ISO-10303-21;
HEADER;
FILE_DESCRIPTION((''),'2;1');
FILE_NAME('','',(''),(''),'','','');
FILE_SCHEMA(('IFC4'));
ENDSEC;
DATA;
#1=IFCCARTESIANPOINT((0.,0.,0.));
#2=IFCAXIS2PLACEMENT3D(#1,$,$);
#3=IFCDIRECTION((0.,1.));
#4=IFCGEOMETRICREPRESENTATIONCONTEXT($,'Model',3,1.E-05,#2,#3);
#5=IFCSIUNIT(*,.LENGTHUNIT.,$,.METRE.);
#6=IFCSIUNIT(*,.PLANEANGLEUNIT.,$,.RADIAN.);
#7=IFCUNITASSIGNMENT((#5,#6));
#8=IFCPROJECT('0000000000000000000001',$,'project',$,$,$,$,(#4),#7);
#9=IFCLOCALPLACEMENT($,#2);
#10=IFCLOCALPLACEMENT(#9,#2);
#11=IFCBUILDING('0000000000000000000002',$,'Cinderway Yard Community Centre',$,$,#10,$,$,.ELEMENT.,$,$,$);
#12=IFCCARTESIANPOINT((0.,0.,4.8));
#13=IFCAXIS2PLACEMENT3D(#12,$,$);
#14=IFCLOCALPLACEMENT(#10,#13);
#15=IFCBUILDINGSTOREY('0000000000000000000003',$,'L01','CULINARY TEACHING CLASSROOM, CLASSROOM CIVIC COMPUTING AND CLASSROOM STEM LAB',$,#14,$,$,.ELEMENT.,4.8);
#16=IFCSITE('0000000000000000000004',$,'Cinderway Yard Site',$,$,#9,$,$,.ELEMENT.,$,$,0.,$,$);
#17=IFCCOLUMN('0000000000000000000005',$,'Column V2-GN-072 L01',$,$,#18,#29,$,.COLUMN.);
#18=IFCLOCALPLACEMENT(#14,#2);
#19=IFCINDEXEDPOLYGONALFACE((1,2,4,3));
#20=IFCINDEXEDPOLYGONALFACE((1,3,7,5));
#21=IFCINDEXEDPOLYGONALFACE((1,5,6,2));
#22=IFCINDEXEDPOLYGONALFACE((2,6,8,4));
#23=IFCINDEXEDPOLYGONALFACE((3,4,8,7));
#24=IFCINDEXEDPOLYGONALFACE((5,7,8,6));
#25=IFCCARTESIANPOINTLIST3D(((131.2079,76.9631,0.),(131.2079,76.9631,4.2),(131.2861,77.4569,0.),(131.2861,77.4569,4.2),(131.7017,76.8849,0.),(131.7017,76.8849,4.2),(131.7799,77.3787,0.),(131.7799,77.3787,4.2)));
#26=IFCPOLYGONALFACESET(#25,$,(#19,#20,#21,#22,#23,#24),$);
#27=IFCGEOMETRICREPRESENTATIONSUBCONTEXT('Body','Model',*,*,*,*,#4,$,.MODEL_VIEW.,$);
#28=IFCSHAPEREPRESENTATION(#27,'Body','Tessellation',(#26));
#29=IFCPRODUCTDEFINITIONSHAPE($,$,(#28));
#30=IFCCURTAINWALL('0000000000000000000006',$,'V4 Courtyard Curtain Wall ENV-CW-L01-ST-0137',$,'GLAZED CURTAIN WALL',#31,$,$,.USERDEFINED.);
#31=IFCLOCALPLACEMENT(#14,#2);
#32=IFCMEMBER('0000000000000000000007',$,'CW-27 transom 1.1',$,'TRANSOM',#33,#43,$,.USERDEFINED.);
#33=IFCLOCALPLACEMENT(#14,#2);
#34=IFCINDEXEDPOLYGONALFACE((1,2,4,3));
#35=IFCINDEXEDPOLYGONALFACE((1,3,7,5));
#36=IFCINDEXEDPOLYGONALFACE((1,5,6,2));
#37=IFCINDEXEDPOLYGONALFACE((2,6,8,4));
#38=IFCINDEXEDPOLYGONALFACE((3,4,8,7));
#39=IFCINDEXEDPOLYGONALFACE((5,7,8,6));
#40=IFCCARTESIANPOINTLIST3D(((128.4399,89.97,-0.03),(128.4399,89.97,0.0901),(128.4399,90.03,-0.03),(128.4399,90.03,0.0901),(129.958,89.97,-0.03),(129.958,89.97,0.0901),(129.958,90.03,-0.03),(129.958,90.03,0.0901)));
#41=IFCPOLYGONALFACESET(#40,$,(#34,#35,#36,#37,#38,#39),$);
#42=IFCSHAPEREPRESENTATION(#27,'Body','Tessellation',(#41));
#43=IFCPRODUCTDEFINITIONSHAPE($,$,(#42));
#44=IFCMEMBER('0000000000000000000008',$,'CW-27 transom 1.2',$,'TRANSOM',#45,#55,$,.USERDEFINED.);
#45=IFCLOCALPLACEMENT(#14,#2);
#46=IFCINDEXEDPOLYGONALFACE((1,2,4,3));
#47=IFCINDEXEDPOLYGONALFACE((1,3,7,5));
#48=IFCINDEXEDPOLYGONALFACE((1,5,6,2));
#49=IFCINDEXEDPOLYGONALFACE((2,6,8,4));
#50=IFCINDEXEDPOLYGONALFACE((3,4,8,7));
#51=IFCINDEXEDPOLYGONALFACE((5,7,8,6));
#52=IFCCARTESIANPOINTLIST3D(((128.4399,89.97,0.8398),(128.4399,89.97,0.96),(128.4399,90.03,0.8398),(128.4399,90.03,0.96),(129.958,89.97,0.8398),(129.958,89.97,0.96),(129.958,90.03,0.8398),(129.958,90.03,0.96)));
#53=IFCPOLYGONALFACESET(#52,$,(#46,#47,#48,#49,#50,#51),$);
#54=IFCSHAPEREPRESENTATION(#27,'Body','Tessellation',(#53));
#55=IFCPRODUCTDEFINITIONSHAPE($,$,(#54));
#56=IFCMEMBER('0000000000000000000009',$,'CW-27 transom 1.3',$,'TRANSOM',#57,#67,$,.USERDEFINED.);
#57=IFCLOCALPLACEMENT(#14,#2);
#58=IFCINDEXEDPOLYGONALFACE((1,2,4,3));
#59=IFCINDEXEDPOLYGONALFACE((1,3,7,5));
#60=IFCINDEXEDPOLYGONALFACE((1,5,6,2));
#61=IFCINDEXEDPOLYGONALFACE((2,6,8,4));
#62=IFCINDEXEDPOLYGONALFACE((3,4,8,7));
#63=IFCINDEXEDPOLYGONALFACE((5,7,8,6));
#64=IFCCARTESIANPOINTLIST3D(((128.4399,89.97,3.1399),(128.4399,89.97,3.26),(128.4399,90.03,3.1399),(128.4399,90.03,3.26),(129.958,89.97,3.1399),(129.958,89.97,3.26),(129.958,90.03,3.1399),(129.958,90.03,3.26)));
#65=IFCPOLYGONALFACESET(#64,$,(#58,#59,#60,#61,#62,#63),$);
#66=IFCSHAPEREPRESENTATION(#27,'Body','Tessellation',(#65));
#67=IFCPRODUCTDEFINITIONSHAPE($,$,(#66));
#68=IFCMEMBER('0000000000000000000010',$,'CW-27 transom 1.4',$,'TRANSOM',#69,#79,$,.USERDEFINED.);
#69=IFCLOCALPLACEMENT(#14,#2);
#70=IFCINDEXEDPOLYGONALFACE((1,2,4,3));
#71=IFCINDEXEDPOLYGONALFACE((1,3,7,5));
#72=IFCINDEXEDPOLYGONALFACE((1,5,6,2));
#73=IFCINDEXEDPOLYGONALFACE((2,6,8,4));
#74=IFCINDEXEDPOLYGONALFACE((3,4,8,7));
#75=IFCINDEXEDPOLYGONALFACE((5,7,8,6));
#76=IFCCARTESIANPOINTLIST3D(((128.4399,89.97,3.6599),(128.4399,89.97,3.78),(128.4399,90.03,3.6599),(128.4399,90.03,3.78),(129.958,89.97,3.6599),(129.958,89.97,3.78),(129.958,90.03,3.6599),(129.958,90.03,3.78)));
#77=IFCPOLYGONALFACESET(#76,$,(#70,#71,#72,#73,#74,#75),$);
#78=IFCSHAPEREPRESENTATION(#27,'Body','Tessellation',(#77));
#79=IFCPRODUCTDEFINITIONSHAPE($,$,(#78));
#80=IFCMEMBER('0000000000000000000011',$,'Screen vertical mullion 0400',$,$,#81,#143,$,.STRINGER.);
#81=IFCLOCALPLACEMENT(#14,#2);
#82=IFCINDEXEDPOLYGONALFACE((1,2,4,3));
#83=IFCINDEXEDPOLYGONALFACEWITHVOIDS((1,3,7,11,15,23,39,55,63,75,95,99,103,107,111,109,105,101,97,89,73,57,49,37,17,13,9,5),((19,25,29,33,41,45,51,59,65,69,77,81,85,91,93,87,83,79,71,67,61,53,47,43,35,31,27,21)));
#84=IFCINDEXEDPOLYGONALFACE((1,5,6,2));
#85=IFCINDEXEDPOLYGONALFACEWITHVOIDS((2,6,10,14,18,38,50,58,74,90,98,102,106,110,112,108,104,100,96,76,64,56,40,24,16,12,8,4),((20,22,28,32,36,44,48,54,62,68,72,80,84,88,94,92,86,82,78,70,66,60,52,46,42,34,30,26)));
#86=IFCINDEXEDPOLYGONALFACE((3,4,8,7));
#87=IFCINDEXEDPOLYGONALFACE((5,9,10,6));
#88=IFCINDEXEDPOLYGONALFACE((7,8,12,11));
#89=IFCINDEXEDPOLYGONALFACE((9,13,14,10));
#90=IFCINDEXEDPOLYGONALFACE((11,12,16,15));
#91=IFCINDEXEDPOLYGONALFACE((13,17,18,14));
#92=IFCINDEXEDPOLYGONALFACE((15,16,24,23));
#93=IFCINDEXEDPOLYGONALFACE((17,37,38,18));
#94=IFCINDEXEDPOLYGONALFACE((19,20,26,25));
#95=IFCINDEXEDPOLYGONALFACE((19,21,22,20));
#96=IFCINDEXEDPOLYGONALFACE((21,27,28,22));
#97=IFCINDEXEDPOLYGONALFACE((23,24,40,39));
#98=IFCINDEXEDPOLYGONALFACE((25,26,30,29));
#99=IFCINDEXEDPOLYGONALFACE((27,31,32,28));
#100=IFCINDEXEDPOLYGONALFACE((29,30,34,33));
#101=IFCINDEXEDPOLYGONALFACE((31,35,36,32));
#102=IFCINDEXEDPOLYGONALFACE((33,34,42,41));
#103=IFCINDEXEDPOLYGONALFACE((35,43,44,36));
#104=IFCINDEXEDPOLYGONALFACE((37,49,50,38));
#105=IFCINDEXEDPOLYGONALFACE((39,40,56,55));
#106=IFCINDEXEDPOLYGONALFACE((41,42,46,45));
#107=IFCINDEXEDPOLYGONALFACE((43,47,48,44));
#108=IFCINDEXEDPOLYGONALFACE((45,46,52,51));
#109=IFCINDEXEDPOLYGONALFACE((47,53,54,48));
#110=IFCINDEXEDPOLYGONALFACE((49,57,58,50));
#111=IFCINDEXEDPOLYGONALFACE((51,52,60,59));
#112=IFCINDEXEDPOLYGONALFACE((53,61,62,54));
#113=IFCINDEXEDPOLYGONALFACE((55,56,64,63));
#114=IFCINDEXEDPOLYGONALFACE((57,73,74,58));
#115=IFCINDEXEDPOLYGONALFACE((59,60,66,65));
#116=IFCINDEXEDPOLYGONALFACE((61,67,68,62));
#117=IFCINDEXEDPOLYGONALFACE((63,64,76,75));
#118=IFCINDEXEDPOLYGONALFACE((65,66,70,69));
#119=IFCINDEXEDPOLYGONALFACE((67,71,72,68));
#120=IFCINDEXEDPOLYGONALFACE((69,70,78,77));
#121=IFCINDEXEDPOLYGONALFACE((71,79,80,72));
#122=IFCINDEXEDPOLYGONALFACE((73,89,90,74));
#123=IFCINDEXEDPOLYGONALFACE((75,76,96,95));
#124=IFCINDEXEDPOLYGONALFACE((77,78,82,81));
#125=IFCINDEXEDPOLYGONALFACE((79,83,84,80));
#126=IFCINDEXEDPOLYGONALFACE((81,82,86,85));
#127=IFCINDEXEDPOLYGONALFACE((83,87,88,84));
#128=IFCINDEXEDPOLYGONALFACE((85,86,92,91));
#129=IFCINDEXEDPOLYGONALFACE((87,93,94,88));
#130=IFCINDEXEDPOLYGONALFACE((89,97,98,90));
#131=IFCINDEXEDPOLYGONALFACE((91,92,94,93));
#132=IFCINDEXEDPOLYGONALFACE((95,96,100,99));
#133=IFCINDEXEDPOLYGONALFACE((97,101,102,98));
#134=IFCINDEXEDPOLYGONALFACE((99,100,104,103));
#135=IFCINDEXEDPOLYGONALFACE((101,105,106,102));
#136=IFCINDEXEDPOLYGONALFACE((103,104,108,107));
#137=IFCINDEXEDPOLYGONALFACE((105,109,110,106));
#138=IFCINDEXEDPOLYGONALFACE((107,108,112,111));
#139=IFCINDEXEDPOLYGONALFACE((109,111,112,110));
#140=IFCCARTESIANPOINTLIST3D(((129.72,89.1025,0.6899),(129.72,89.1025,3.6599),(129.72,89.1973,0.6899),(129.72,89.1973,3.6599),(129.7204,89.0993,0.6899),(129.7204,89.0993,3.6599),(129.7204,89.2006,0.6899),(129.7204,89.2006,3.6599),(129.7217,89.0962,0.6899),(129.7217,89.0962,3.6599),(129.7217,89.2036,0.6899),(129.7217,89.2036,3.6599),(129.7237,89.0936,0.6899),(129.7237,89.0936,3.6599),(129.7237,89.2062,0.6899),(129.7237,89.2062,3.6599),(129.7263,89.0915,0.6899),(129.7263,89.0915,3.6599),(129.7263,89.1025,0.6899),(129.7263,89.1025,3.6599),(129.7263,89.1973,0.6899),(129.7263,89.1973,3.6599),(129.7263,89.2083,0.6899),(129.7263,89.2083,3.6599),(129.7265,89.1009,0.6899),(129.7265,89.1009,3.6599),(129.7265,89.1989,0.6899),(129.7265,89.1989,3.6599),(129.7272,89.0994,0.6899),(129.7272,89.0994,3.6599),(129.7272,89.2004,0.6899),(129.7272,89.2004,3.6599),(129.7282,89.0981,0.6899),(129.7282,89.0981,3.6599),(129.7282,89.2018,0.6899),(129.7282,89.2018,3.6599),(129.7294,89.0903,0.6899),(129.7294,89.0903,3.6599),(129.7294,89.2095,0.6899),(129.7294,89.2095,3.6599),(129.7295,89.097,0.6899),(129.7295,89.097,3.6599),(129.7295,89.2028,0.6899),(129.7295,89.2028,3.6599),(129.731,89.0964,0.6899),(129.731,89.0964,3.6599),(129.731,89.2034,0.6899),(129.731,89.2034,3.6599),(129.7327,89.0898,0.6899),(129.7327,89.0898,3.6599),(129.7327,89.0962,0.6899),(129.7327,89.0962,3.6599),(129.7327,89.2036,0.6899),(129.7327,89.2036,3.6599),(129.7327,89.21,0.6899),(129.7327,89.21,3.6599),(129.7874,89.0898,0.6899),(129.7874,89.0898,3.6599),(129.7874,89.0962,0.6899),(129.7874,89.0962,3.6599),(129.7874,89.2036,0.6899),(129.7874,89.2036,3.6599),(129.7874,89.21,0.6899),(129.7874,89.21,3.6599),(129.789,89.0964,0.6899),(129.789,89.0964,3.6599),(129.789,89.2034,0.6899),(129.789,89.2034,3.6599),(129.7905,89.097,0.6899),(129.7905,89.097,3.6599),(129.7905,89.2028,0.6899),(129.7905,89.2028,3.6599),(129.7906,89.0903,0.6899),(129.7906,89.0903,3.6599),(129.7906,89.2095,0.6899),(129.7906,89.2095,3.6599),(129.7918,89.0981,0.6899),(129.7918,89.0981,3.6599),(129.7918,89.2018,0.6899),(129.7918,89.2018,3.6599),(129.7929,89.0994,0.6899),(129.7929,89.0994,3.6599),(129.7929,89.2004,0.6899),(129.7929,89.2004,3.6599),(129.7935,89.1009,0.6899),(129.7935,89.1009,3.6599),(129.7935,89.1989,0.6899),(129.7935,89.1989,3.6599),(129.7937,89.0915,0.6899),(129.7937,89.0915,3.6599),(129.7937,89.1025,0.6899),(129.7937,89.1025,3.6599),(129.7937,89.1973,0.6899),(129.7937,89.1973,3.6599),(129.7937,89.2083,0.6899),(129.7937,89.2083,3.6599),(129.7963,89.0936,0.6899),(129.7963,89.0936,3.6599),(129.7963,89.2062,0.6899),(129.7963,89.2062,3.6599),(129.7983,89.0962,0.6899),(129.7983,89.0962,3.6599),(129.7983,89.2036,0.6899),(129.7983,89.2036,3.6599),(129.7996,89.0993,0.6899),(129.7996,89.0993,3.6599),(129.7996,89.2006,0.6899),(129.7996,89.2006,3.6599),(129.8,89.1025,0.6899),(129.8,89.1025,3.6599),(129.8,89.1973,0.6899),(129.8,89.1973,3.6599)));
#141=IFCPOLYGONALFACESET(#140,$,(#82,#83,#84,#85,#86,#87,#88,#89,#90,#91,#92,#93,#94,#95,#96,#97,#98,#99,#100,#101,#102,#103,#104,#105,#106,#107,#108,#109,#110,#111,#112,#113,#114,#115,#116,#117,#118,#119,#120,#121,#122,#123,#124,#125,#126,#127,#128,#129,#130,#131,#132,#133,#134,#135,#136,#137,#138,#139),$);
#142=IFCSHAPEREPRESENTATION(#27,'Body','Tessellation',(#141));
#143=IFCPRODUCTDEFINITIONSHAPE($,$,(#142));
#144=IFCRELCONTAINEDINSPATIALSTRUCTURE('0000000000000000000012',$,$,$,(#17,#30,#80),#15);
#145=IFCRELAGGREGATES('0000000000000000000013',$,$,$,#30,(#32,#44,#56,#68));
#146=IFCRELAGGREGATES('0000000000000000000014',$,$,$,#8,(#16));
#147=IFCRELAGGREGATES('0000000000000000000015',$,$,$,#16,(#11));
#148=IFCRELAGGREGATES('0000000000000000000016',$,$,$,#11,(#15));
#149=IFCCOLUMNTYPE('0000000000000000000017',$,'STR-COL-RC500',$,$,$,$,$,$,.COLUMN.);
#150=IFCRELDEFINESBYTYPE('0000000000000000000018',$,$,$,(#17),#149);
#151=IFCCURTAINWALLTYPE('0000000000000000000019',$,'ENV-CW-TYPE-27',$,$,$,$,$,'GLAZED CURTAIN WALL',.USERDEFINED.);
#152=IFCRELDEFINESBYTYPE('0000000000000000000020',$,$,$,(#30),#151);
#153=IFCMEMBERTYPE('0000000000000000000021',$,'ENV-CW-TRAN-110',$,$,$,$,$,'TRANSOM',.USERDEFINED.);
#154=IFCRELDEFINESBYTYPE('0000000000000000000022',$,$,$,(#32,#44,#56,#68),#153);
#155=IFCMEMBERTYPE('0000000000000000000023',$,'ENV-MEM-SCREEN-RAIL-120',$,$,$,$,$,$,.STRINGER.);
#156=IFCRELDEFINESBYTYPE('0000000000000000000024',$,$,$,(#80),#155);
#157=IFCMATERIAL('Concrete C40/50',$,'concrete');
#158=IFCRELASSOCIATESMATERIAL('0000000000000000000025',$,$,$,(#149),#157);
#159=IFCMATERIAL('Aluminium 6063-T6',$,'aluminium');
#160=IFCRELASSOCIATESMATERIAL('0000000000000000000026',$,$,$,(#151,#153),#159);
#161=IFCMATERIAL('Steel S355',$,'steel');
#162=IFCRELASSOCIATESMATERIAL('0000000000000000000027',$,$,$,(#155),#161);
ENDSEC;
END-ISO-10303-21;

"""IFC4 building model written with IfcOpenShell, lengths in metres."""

from ifc_helpers import new_model, si_unit, direction, frame, origin, origin_2d, place, context, subcontext, project, spatial, rectangle, hollow_rectangle, extrude, material, material_profile, profile_set, type_object, element, aggregate, save


model = new_model("IFC4")

# Units and contexts
model_context = context("Model", 3, precision=1e-05, world=origin(), true_north=direction((0.0, 1.0)))
body_context = subcontext(model_context, "Body", "Model", "MODEL_VIEW")
ifc_project = project(units=[si_unit("LENGTHUNIT", "METRE"), si_unit("PLANEANGLEUNIT", "RADIAN")], contexts=[model_context])

# Site, building, storey
site_placement = place(None, origin())
site = spatial("IfcSite", under=ifc_project, at=site_placement, Name="Cinderway Yard Site", CompositionType="ELEMENT", RefElevation=0.0)
building_placement = place(site_placement, origin())
building = spatial("IfcBuilding", under=site, at=building_placement, Name="Cinderway Yard Community Centre", CompositionType="ELEMENT")
storey_placement = place(building_placement, frame((0.0, 0.0, 4.8)))
storey = spatial("IfcBuildingStorey", under=building, at=storey_placement, Name="L01", Description="CULINARY TEACHING CLASSROOM, CLASSROOM CIVIC COMPUTING AND CLASSROOM STEM LAB", CompositionType="ELEMENT", Elevation=4.8)

# Column
ifc_material_1 = material(Name="Concrete C40/50", Category="concrete")
ifc_material_profile_1 = material_profile(ifc_material_1, rectangle(XDim=0.5, YDim=0.5, at=origin_2d()), Name="Concrete C40/50")
ifc_profile_set_1 = profile_set([ifc_material_profile_1], Name="Concrete C40/50")
column_type = type_object("IfcColumnType", Name="STR-COL-RC500", PredefinedType="COLUMN", material=ifc_profile_set_1)
column_placement = place(storey_placement, frame((131.4939, 77.1709, 0.0), z_axis=(0.0, 0.0, 1.0), x_axis=(0.987688, -0.156434, 0.0)))
element("IfcColumn", 1, at=column_placement, inside=storey, type_object=column_type, Name="Column V2-GN-072 L01", PredefinedType="COLUMN", context=body_context, shape_type="SweptSolid", body=[
    extrude(rectangle(XDim=0.5, YDim=0.5, at=origin_2d()), origin(), (0.0, 0.0, 1.0), 4.2),
])

# Curtain wall, members
ifc_material_2 = material(Name="Aluminium 6063-T6", Category="aluminium")
curtain_wall_type = type_object("IfcCurtainWallType", Name="ENV-CW-TYPE-27", ElementType="GLAZED CURTAIN WALL", PredefinedType="USERDEFINED", material=ifc_material_2)
curtain_wall_placement = place(storey_placement, origin())
curtain_wall = element("IfcCurtainWall", 2, at=curtain_wall_placement, inside=storey, type_object=curtain_wall_type, Name="V4 Courtyard Curtain Wall ENV-CW-L01-ST-0137", ObjectType="GLAZED CURTAIN WALL", PredefinedType="USERDEFINED")
ifc_material_profile_2 = material_profile(ifc_material_2, rectangle(XDim=0.0601, YDim=0.1201, at=origin_2d()), Name="Aluminium 6063-T6")
ifc_profile_set_2 = profile_set([ifc_material_profile_2], Name="Aluminium 6063-T6")
member_type_1 = type_object("IfcMemberType", Name="ENV-CW-TRAN-110", ElementType="TRANSOM", PredefinedType="USERDEFINED", material=ifc_profile_set_2)
member_1_placement = place(storey_placement, frame((128.4399, 90.0, 0.03), z_axis=(1.0, 0.0, 0.0), x_axis=(0.0, 1.0, 0.0)))
member_1 = element("IfcMember", 3, at=member_1_placement, type_object=member_type_1, Name="CW-27 transom 1.1", ObjectType="TRANSOM", PredefinedType="USERDEFINED", context=body_context, shape_type="SweptSolid", body=[
    extrude(rectangle(XDim=0.0601, YDim=0.1201, at=origin_2d()), origin(), (0.0, 0.0, 1.0), 1.5181),
])
member_2_placement = place(storey_placement, frame((128.4399, 90.0, 0.8999), z_axis=(1.0, 0.0, 0.0), x_axis=(0.0, 1.0, 0.0)))
member_2 = element("IfcMember", 4, at=member_2_placement, type_object=member_type_1, Name="CW-27 transom 1.2", ObjectType="TRANSOM", PredefinedType="USERDEFINED", context=body_context, shape_type="SweptSolid", body=[
    extrude(rectangle(XDim=0.0601, YDim=0.1201, at=origin_2d()), origin(), (0.0, 0.0, 1.0), 1.5181),
])
member_3_placement = place(storey_placement, frame((128.4399, 90.0, 3.2), z_axis=(1.0, 0.0, 0.0), x_axis=(0.0, 1.0, 0.0)))
member_3 = element("IfcMember", 5, at=member_3_placement, type_object=member_type_1, Name="CW-27 transom 1.3", ObjectType="TRANSOM", PredefinedType="USERDEFINED", context=body_context, shape_type="SweptSolid", body=[
    extrude(rectangle(XDim=0.0601, YDim=0.1201, at=origin_2d()), origin(), (0.0, 0.0, 1.0), 1.5181),
])
member_4_placement = place(storey_placement, frame((128.4399, 90.0, 3.72), z_axis=(1.0, 0.0, 0.0), x_axis=(0.0, 1.0, 0.0)))
member_4 = element("IfcMember", 6, at=member_4_placement, type_object=member_type_1, Name="CW-27 transom 1.4", ObjectType="TRANSOM", PredefinedType="USERDEFINED", context=body_context, shape_type="SweptSolid", body=[
    extrude(rectangle(XDim=0.0601, YDim=0.1201, at=origin_2d()), origin(), (0.0, 0.0, 1.0), 1.5181),
])

# Member
ifc_material_3 = material(Name="Steel S355", Category="steel")
ifc_material_profile_3 = material_profile(ifc_material_3, hollow_rectangle(XDim=0.0801, YDim=0.1201, WallThickness=0.0063, InnerFilletRadius=0.0063, OuterFilletRadius=0.0127, at=origin_2d()), Name="Steel S355")
ifc_profile_set_3 = profile_set([ifc_material_profile_3], Name="Steel S355")
member_type_2 = type_object("IfcMemberType", Name="ENV-MEM-SCREEN-RAIL-120", PredefinedType="STRINGER", material=ifc_profile_set_3)
for number, where, z_axis, x_axis, name in (
    (7, (129.76, 89.1499, 0.6899), (0.0, 0.0, 1.0), (1.0, 0.0, 0.0), "Screen vertical mullion 0400"),
):
    element("IfcMember", number, at=place(storey_placement, frame(where, z_axis=z_axis, x_axis=x_axis)), inside=storey, type_object=member_type_2, Name=name, PredefinedType="STRINGER", context=body_context, shape_type="SweptSolid", body=[
        extrude(hollow_rectangle(XDim=0.0801, YDim=0.1201, WallThickness=0.0063, InnerFilletRadius=0.0063, OuterFilletRadius=0.0127, at=origin_2d()), origin(), (0.0, 0.0, 1.0), 2.97),
    ])

aggregate(curtain_wall, [member_1, member_2, member_3, member_4])

save(model, "model.ifc")
